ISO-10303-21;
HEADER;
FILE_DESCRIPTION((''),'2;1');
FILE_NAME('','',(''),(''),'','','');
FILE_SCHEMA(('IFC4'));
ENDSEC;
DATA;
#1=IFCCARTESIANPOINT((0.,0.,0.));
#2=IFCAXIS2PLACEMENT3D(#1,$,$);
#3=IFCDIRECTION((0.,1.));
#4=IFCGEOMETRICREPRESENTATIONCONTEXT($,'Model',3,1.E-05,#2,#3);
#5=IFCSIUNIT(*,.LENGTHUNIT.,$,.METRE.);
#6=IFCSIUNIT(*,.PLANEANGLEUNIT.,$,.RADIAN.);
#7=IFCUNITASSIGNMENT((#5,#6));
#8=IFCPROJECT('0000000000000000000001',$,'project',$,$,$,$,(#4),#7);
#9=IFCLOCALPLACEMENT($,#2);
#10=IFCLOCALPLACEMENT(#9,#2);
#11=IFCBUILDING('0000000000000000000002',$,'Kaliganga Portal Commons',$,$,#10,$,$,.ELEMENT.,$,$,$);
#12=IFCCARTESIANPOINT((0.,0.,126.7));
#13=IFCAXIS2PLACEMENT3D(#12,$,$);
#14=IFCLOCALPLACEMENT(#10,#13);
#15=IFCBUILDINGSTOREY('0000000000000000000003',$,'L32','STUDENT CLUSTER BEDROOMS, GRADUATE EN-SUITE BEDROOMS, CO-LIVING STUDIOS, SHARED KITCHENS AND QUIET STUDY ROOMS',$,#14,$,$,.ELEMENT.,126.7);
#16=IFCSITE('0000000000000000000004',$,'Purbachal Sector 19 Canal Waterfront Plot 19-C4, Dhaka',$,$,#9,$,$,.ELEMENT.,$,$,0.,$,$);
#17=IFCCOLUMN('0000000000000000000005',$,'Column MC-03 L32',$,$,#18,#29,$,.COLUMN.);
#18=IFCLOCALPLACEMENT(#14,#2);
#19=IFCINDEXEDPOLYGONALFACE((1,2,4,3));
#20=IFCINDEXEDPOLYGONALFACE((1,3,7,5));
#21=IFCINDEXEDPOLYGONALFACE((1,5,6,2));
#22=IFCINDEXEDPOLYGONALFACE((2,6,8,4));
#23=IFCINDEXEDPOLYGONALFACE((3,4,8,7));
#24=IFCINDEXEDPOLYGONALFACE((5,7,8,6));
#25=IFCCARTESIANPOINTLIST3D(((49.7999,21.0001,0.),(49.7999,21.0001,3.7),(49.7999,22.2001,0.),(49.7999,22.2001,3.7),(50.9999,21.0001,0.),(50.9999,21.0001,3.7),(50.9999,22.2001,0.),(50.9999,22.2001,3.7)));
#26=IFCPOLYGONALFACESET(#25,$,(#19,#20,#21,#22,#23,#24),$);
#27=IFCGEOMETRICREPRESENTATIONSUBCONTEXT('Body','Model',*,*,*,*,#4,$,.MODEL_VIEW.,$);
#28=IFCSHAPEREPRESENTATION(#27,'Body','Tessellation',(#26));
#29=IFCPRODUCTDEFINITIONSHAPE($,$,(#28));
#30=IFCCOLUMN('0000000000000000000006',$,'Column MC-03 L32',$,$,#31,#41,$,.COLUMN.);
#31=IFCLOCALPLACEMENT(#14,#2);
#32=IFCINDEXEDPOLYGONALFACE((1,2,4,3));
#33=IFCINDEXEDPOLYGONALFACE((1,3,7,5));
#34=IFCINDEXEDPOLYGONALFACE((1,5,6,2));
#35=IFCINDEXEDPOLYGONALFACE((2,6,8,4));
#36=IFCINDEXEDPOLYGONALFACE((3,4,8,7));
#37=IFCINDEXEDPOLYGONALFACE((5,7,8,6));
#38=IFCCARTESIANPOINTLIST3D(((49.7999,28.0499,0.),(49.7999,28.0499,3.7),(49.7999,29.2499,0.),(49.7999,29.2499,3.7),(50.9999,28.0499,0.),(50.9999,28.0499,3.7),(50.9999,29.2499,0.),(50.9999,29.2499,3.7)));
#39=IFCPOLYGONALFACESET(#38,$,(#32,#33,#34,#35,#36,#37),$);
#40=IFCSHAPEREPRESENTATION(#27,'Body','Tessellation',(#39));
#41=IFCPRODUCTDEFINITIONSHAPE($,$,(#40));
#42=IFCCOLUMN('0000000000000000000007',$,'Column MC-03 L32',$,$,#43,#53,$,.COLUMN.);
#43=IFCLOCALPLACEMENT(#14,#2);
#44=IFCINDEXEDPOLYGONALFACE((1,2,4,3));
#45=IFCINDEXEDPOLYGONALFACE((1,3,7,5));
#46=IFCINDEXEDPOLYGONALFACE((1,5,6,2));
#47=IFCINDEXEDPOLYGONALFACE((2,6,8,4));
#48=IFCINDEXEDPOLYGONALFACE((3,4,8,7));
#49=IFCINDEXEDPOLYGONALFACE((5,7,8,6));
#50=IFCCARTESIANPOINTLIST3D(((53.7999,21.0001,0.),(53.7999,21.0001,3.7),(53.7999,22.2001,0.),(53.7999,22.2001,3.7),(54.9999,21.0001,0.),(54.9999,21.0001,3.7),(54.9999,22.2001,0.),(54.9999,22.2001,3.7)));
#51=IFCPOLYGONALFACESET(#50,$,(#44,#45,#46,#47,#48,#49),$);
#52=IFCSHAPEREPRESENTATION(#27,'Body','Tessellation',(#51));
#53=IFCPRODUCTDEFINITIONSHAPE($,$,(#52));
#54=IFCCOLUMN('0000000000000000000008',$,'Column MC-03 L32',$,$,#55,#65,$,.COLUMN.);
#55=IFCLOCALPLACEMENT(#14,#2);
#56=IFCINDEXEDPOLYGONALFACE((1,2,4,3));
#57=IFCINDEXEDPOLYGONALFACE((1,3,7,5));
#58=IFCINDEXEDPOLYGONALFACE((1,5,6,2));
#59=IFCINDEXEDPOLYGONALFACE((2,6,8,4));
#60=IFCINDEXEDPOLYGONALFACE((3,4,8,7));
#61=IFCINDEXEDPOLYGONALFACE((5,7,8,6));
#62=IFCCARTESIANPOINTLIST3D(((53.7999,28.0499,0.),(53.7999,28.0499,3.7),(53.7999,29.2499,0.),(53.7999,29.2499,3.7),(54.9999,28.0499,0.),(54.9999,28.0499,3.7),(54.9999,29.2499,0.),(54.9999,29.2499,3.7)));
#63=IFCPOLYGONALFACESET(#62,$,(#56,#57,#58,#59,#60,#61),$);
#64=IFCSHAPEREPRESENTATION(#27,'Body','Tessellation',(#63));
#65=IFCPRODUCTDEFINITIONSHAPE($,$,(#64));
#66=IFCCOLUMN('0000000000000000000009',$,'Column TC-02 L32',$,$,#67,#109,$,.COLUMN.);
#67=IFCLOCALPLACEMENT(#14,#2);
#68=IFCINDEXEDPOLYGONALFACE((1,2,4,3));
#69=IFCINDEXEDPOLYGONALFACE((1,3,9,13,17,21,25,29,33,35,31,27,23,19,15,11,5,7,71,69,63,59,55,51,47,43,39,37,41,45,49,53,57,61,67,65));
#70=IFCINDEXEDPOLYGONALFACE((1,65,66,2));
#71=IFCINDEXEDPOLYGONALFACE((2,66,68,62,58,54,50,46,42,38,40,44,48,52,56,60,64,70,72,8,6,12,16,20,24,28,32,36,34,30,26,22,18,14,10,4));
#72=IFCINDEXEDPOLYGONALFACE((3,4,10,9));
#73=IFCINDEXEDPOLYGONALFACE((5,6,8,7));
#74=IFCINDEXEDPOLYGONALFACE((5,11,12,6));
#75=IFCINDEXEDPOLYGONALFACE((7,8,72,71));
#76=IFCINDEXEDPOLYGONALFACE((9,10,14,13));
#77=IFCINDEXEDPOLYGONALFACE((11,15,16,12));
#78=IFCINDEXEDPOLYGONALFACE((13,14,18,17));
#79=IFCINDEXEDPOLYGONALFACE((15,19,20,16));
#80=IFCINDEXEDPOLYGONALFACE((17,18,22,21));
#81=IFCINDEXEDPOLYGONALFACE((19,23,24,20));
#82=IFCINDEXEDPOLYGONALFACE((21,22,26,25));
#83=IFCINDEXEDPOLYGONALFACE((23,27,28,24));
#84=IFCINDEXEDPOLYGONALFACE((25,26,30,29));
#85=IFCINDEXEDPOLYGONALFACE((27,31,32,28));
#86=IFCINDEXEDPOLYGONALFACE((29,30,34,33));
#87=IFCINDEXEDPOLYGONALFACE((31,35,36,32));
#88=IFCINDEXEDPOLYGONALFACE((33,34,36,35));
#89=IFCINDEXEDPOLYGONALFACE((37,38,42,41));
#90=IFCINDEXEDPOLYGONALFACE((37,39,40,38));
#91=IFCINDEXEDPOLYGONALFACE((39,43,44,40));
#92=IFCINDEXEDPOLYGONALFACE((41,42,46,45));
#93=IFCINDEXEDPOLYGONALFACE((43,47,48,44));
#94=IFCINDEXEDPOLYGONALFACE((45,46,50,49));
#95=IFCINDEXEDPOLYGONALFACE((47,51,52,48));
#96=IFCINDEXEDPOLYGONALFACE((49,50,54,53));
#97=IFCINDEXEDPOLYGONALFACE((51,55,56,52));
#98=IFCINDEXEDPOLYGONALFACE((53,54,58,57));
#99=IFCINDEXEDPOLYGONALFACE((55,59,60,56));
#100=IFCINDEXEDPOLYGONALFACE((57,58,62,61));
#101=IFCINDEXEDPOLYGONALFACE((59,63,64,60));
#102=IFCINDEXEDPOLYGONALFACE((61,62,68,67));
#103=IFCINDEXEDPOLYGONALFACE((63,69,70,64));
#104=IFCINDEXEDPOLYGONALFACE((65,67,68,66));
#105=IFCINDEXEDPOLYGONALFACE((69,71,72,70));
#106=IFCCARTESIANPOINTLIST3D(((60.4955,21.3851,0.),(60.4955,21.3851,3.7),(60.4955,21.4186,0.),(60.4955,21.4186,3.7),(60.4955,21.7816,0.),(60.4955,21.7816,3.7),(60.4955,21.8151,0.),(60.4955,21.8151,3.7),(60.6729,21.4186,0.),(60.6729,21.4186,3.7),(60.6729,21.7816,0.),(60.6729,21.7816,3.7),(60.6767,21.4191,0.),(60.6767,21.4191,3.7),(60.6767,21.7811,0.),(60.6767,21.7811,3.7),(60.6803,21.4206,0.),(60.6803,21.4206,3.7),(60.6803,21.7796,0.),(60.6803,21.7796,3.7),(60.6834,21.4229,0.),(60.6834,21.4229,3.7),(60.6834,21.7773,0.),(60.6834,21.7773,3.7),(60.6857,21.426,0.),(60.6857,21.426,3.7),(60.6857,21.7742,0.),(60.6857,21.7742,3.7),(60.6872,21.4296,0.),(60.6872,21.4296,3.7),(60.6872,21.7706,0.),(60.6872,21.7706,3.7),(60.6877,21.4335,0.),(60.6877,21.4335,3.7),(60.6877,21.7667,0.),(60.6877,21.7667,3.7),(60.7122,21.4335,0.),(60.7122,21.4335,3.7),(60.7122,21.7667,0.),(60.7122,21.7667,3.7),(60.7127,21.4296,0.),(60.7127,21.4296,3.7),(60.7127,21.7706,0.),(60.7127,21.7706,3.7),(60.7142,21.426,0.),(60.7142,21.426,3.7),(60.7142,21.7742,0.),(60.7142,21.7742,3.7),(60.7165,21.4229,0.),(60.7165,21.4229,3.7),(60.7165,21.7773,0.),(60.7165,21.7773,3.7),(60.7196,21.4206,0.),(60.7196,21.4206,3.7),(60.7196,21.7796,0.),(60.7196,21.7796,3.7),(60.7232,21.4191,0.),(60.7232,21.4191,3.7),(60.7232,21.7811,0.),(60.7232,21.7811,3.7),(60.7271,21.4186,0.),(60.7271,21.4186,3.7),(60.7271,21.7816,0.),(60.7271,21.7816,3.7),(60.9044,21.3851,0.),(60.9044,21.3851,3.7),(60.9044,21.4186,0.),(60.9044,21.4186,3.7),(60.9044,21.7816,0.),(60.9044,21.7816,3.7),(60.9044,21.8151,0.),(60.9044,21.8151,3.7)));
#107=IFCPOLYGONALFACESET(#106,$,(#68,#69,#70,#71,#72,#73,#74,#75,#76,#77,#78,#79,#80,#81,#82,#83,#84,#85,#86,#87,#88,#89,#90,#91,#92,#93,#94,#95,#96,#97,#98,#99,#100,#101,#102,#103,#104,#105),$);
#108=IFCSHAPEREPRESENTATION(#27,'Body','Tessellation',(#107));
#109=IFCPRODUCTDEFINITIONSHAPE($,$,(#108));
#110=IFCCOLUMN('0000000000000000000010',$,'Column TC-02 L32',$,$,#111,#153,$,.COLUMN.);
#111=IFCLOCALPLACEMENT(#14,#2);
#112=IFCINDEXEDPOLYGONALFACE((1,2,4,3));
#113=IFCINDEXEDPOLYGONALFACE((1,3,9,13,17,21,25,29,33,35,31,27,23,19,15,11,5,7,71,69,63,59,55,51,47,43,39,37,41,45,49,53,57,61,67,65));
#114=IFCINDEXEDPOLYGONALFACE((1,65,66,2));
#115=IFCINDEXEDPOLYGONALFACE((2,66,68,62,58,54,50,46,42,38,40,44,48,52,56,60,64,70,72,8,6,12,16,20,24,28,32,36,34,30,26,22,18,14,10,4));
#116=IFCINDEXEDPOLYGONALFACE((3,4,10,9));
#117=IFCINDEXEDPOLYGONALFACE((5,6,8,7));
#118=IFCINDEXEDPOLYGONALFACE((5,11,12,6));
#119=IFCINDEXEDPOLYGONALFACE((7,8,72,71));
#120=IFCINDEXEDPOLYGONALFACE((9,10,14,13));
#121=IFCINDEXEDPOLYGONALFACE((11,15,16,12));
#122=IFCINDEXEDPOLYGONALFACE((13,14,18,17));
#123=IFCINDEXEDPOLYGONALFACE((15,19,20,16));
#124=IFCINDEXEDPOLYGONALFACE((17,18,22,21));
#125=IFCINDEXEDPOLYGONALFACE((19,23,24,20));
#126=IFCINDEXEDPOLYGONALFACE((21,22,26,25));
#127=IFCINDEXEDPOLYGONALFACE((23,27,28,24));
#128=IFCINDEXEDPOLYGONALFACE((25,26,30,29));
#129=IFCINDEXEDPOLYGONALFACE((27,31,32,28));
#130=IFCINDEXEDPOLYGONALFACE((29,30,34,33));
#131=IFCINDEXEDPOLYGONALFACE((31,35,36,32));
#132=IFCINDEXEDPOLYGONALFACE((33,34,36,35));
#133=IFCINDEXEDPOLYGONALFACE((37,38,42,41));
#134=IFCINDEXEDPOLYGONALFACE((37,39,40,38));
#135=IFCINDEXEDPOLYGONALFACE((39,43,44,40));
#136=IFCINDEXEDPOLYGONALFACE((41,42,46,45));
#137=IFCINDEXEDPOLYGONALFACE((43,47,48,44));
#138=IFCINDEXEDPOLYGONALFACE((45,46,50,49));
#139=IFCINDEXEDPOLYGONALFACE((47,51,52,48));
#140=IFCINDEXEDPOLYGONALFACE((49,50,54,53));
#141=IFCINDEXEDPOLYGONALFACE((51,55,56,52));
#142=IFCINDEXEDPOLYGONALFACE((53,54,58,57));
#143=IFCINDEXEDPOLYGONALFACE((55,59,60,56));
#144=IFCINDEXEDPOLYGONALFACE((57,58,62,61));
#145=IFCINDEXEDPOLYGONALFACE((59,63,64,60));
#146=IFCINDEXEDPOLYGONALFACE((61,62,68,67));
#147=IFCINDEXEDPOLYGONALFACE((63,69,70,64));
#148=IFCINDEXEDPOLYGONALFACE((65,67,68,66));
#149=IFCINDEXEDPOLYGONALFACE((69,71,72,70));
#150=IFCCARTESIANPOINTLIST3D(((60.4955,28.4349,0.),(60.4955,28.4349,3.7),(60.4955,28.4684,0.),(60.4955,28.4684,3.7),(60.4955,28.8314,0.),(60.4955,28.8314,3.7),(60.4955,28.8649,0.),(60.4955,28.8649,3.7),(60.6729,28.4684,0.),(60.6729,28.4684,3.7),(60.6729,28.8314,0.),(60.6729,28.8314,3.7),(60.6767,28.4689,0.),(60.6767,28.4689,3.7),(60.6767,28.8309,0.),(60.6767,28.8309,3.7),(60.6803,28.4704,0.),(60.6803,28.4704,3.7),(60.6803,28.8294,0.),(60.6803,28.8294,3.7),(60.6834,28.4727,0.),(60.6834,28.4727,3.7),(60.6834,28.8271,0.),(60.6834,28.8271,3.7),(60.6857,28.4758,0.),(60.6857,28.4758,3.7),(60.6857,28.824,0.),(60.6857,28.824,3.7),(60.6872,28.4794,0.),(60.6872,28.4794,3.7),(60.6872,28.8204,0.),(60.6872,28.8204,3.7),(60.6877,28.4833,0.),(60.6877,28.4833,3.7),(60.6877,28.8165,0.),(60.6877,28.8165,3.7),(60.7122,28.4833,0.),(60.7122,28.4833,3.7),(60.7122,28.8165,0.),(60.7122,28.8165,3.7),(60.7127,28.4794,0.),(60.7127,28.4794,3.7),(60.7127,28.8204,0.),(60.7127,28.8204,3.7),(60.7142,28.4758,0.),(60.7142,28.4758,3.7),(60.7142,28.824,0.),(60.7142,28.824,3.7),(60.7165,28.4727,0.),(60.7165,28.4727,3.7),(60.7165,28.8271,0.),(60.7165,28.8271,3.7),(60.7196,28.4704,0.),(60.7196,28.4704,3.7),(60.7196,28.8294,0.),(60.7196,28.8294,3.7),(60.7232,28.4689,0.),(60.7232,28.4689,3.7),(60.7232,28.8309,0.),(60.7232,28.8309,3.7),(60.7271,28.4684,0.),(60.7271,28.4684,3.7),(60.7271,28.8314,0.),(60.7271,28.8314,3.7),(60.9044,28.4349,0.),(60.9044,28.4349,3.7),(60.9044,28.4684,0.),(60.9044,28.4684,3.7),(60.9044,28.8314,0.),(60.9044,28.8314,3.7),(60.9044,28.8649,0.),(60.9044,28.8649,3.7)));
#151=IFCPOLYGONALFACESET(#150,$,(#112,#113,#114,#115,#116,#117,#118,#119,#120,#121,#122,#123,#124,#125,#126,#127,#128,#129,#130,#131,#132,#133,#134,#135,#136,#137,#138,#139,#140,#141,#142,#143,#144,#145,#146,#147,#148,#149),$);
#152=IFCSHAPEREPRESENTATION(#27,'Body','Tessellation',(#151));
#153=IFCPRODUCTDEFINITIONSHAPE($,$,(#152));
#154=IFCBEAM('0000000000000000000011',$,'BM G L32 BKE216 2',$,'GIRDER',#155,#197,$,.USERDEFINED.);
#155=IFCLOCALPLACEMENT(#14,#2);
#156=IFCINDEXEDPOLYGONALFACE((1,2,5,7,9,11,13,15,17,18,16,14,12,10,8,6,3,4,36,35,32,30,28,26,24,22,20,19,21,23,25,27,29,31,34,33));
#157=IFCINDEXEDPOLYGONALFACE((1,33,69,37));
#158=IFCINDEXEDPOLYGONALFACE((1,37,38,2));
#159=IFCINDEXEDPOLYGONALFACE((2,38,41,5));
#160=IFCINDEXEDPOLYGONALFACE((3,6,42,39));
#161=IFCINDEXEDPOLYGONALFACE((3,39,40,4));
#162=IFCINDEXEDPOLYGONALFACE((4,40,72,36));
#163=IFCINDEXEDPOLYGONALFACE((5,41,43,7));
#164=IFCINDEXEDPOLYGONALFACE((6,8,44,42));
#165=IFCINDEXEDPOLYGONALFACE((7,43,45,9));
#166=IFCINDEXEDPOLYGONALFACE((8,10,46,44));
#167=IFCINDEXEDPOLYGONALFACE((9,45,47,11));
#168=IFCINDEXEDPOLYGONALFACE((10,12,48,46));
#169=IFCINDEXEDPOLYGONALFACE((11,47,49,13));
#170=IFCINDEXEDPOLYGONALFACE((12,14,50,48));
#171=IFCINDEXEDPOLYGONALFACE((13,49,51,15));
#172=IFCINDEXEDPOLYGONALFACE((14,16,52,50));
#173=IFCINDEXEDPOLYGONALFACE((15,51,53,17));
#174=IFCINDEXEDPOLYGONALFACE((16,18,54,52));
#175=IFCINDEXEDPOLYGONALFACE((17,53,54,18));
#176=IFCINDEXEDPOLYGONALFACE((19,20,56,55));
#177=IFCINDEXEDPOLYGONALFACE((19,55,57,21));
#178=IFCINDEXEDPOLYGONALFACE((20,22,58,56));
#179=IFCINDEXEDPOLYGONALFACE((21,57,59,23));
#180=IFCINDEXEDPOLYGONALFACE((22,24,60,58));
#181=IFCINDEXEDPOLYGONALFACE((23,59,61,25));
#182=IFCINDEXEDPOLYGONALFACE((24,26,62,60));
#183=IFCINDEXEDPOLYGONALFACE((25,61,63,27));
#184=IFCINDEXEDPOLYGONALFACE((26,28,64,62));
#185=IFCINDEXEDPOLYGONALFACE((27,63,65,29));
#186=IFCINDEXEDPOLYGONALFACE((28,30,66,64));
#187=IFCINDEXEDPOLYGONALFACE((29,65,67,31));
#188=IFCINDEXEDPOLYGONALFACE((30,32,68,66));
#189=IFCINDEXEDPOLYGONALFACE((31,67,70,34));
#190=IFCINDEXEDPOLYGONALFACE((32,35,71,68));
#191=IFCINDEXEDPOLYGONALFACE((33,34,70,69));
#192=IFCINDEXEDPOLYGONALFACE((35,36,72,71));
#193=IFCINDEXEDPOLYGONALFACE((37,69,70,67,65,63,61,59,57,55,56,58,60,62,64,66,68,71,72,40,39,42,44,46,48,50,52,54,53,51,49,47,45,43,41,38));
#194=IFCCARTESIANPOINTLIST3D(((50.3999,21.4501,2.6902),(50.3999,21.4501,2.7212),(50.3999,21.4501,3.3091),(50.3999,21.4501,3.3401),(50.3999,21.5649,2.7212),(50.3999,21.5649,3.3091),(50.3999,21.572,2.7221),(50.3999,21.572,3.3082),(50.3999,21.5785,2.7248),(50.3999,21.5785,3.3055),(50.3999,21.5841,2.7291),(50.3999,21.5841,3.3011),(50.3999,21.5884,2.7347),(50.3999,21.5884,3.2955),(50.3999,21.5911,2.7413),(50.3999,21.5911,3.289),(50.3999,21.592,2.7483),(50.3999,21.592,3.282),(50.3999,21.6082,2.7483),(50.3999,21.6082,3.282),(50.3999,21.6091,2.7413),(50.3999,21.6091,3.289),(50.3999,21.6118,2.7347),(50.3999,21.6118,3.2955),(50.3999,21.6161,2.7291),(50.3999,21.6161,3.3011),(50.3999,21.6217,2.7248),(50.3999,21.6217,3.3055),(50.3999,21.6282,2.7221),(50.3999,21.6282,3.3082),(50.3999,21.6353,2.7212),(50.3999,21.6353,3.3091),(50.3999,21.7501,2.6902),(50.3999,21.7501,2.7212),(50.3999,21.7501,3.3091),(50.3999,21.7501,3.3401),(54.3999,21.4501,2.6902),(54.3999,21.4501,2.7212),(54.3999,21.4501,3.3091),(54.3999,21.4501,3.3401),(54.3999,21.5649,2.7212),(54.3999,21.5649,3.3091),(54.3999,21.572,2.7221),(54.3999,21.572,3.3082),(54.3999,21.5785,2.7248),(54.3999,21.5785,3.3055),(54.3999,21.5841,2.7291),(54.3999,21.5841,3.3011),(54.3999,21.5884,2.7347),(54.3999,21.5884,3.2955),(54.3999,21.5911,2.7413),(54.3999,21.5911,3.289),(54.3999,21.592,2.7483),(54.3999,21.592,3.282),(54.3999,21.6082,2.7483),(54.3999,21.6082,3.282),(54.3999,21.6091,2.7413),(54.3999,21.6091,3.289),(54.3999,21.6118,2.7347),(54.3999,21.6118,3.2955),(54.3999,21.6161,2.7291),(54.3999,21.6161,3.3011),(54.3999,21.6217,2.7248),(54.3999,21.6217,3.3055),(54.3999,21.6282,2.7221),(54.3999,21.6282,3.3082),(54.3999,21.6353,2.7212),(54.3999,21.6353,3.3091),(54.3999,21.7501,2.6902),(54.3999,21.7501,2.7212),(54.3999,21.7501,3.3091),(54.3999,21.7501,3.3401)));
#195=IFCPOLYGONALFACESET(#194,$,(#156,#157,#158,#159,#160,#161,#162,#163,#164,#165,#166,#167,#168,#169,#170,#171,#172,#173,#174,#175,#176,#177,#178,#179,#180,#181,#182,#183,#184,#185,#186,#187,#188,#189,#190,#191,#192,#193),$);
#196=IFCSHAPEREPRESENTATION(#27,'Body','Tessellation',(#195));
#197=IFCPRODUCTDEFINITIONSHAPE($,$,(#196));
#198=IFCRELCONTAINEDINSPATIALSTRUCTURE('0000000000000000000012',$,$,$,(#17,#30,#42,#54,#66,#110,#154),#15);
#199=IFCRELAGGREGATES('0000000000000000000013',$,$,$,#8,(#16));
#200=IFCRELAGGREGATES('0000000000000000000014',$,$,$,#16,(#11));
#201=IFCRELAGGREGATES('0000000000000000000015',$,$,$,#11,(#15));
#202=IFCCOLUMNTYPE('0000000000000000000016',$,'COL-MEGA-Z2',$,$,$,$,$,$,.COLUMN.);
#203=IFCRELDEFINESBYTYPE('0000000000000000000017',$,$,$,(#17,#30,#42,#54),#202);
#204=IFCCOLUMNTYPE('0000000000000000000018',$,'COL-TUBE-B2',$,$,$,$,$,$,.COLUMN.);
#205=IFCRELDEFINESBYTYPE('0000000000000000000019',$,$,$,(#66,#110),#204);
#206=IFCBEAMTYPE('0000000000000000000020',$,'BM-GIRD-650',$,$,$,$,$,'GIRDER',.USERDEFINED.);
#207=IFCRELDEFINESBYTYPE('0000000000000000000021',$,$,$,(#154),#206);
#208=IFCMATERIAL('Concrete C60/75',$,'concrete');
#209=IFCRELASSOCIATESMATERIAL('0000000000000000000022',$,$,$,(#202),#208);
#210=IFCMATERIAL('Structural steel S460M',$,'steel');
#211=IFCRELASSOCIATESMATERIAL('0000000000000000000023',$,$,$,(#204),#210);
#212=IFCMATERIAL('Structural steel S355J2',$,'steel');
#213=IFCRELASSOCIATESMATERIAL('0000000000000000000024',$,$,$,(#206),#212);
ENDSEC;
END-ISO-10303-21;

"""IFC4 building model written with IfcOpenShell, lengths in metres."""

from ifc_helpers import new_model, si_unit, direction, frame, origin, origin_2d, place, context, subcontext, project, spatial, rectangle, i_section, extrude, source, transform, mapped, material, material_profile, profile_set, type_object, element, save


model = new_model("IFC4")

# Units and contexts
model_context = context("Model", 3, precision=1e-05, world=origin(), true_north=direction((0.0, 1.0)))
body_context = subcontext(model_context, "Body", "Model", "MODEL_VIEW")
ifc_project = project(units=[si_unit("LENGTHUNIT", "METRE"), si_unit("PLANEANGLEUNIT", "RADIAN")], contexts=[model_context])

# Site, building, storey
site_placement = place(None, origin())
site = spatial("IfcSite", under=ifc_project, at=site_placement, Name="Purbachal Sector 19 Canal Waterfront Plot 19-C4, Dhaka", CompositionType="ELEMENT", RefElevation=0.0)
building_placement = place(site_placement, origin())
building = spatial("IfcBuilding", under=site, at=building_placement, Name="Kaliganga Portal Commons", CompositionType="ELEMENT")
storey_placement = place(building_placement, frame((0.0, 0.0, 126.7)))
storey = spatial("IfcBuildingStorey", under=building, at=storey_placement, Name="L32", Description="STUDENT CLUSTER BEDROOMS, GRADUATE EN-SUITE BEDROOMS, CO-LIVING STUDIOS, SHARED KITCHENS AND QUIET STUDY ROOMS", CompositionType="ELEMENT", Elevation=126.7)

# Columns
ifc_material_1 = material(Name="Concrete C60/75", Category="concrete")
ifc_material_profile_1 = material_profile(ifc_material_1, rectangle(XDim=1.2, YDim=1.2, at=origin_2d()), Name="RC 1200x1200")
ifc_profile_set_1 = profile_set([ifc_material_profile_1], Name="Concrete C60/75")
column_type_1 = type_object("IfcColumnType", Name="COL-MEGA-Z2", PredefinedType="COLUMN", material=ifc_profile_set_1)
shared_shape_1 = source(origin(), body_context, "Body", "SweptSolid", [
    extrude(rectangle(XDim=1.2, YDim=1.2, at=origin_2d()), origin(), (0.0, 0.0, 1.0), 3.7),
])
for number, where, z_axis, x_axis, name in (
    (1, (50.3999, 21.6001, 0.0), (0.0, 0.0, 1.0), (1.0, 0.0, 0.0), "Column MC-03 L32"),
    (2, (50.3999, 28.6499, 0.0), (0.0, 0.0, 1.0), (1.0, 0.0, 0.0), "Column MC-03 L32"),
    (3, (54.3999, 21.6001, 0.0), (0.0, 0.0, 1.0), (1.0, 0.0, 0.0), "Column MC-03 L32"),
    (4, (54.3999, 28.6499, 0.0), (0.0, 0.0, 1.0), (1.0, 0.0, 0.0), "Column MC-03 L32"),
):
    element("IfcColumn", number, at=place(storey_placement, frame(where, z_axis=z_axis, x_axis=x_axis)), inside=storey, type_object=column_type_1, Name=name, PredefinedType="COLUMN", context=body_context, shape_type="MappedRepresentation", body=[
        mapped(shared_shape_1, transform((0.0, 0.0, 0.0), x_axis=(1.0, 0.0, 0.0), y_axis=(0.0, 1.0, 0.0), z_axis=(0.0, 0.0, 1.0), scale=1.0)),
    ])
ifc_material_2 = material(Name="Structural steel S460M", Category="steel")
ifc_material_profile_2 = material_profile(ifc_material_2, i_section(OverallWidth=0.4089, OverallDepth=0.4299, WebThickness=0.0244, FlangeThickness=0.0334, FilletRadius=0.0149, at=origin_2d()), Name="HD 400x421")
ifc_profile_set_2 = profile_set([ifc_material_profile_2], Name="Structural steel S460M wide-flange")
column_type_2 = type_object("IfcColumnType", Name="COL-TUBE-B2", PredefinedType="COLUMN", material=ifc_profile_set_2)
shared_shape_2 = source(origin(), body_context, "Body", "SweptSolid", [
    extrude(i_section(OverallWidth=0.4089, OverallDepth=0.4299, WebThickness=0.0244, FlangeThickness=0.0334, FilletRadius=0.0149, at=origin_2d()), origin(), (0.0, 0.0, 1.0), 3.7),
])
for number, where, z_axis, x_axis, name in (
    (5, (60.7, 21.6001, 0.0), (0.0, 0.0, 1.0), (1.0, 0.0, 0.0), "Column TC-02 L32"),
    (6, (60.7, 28.6499, 0.0), (0.0, 0.0, 1.0), (1.0, 0.0, 0.0), "Column TC-02 L32"),
):
    element("IfcColumn", number, at=place(storey_placement, frame(where, z_axis=z_axis, x_axis=x_axis)), inside=storey, type_object=column_type_2, Name=name, PredefinedType="COLUMN", context=body_context, shape_type="MappedRepresentation", body=[
        mapped(shared_shape_2, transform((0.0, 0.0, 0.0), x_axis=(1.0, 0.0, 0.0), y_axis=(0.0, 1.0, 0.0), z_axis=(0.0, 0.0, 1.0), scale=1.0)),
    ])

# Beam
ifc_material_3 = material(Name="Structural steel S355J2", Category="steel")
ifc_material_profile_3 = material_profile(ifc_material_3, i_section(OverallWidth=0.3, OverallDepth=0.6499, WebThickness=0.0161, FlangeThickness=0.031, FilletRadius=0.0271, at=origin_2d()), Name="HE 650 B")
ifc_profile_set_3 = profile_set([ifc_material_profile_3], Name="Structural steel S355J2 wide-flange")
beam_type_1 = type_object("IfcBeamType", Name="BM-GIRD-650", ElementType="GIRDER", PredefinedType="USERDEFINED", material=ifc_profile_set_3)
shared_shape_3 = source(origin(), body_context, "Body", "SweptSolid", [
    extrude(i_section(OverallWidth=0.3, OverallDepth=0.6499, WebThickness=0.0161, FlangeThickness=0.031, FilletRadius=0.0271, at=origin_2d()), origin(), (0.0, 0.0, 1.0), 4.0),
])
for number, where, z_axis, x_axis, name in (
    (7, (50.3999, 21.6001, 3.0151), (1.0, 0.0, 0.0), (0.0, 1.0, 0.0), "BM G L32 BKE216 2"),
):
    element("IfcBeam", number, at=place(storey_placement, frame(where, z_axis=z_axis, x_axis=x_axis)), inside=storey, type_object=beam_type_1, Name=name, ObjectType="GIRDER", PredefinedType="USERDEFINED", context=body_context, shape_type="MappedRepresentation", body=[
        mapped(shared_shape_3, transform((0.0, 0.0, 0.0), x_axis=(1.0, 0.0, 0.0), y_axis=(0.0, 1.0, 0.0), z_axis=(0.0, 0.0, 1.0), scale=1.0)),
    ])

save(model, "model.ifc")
